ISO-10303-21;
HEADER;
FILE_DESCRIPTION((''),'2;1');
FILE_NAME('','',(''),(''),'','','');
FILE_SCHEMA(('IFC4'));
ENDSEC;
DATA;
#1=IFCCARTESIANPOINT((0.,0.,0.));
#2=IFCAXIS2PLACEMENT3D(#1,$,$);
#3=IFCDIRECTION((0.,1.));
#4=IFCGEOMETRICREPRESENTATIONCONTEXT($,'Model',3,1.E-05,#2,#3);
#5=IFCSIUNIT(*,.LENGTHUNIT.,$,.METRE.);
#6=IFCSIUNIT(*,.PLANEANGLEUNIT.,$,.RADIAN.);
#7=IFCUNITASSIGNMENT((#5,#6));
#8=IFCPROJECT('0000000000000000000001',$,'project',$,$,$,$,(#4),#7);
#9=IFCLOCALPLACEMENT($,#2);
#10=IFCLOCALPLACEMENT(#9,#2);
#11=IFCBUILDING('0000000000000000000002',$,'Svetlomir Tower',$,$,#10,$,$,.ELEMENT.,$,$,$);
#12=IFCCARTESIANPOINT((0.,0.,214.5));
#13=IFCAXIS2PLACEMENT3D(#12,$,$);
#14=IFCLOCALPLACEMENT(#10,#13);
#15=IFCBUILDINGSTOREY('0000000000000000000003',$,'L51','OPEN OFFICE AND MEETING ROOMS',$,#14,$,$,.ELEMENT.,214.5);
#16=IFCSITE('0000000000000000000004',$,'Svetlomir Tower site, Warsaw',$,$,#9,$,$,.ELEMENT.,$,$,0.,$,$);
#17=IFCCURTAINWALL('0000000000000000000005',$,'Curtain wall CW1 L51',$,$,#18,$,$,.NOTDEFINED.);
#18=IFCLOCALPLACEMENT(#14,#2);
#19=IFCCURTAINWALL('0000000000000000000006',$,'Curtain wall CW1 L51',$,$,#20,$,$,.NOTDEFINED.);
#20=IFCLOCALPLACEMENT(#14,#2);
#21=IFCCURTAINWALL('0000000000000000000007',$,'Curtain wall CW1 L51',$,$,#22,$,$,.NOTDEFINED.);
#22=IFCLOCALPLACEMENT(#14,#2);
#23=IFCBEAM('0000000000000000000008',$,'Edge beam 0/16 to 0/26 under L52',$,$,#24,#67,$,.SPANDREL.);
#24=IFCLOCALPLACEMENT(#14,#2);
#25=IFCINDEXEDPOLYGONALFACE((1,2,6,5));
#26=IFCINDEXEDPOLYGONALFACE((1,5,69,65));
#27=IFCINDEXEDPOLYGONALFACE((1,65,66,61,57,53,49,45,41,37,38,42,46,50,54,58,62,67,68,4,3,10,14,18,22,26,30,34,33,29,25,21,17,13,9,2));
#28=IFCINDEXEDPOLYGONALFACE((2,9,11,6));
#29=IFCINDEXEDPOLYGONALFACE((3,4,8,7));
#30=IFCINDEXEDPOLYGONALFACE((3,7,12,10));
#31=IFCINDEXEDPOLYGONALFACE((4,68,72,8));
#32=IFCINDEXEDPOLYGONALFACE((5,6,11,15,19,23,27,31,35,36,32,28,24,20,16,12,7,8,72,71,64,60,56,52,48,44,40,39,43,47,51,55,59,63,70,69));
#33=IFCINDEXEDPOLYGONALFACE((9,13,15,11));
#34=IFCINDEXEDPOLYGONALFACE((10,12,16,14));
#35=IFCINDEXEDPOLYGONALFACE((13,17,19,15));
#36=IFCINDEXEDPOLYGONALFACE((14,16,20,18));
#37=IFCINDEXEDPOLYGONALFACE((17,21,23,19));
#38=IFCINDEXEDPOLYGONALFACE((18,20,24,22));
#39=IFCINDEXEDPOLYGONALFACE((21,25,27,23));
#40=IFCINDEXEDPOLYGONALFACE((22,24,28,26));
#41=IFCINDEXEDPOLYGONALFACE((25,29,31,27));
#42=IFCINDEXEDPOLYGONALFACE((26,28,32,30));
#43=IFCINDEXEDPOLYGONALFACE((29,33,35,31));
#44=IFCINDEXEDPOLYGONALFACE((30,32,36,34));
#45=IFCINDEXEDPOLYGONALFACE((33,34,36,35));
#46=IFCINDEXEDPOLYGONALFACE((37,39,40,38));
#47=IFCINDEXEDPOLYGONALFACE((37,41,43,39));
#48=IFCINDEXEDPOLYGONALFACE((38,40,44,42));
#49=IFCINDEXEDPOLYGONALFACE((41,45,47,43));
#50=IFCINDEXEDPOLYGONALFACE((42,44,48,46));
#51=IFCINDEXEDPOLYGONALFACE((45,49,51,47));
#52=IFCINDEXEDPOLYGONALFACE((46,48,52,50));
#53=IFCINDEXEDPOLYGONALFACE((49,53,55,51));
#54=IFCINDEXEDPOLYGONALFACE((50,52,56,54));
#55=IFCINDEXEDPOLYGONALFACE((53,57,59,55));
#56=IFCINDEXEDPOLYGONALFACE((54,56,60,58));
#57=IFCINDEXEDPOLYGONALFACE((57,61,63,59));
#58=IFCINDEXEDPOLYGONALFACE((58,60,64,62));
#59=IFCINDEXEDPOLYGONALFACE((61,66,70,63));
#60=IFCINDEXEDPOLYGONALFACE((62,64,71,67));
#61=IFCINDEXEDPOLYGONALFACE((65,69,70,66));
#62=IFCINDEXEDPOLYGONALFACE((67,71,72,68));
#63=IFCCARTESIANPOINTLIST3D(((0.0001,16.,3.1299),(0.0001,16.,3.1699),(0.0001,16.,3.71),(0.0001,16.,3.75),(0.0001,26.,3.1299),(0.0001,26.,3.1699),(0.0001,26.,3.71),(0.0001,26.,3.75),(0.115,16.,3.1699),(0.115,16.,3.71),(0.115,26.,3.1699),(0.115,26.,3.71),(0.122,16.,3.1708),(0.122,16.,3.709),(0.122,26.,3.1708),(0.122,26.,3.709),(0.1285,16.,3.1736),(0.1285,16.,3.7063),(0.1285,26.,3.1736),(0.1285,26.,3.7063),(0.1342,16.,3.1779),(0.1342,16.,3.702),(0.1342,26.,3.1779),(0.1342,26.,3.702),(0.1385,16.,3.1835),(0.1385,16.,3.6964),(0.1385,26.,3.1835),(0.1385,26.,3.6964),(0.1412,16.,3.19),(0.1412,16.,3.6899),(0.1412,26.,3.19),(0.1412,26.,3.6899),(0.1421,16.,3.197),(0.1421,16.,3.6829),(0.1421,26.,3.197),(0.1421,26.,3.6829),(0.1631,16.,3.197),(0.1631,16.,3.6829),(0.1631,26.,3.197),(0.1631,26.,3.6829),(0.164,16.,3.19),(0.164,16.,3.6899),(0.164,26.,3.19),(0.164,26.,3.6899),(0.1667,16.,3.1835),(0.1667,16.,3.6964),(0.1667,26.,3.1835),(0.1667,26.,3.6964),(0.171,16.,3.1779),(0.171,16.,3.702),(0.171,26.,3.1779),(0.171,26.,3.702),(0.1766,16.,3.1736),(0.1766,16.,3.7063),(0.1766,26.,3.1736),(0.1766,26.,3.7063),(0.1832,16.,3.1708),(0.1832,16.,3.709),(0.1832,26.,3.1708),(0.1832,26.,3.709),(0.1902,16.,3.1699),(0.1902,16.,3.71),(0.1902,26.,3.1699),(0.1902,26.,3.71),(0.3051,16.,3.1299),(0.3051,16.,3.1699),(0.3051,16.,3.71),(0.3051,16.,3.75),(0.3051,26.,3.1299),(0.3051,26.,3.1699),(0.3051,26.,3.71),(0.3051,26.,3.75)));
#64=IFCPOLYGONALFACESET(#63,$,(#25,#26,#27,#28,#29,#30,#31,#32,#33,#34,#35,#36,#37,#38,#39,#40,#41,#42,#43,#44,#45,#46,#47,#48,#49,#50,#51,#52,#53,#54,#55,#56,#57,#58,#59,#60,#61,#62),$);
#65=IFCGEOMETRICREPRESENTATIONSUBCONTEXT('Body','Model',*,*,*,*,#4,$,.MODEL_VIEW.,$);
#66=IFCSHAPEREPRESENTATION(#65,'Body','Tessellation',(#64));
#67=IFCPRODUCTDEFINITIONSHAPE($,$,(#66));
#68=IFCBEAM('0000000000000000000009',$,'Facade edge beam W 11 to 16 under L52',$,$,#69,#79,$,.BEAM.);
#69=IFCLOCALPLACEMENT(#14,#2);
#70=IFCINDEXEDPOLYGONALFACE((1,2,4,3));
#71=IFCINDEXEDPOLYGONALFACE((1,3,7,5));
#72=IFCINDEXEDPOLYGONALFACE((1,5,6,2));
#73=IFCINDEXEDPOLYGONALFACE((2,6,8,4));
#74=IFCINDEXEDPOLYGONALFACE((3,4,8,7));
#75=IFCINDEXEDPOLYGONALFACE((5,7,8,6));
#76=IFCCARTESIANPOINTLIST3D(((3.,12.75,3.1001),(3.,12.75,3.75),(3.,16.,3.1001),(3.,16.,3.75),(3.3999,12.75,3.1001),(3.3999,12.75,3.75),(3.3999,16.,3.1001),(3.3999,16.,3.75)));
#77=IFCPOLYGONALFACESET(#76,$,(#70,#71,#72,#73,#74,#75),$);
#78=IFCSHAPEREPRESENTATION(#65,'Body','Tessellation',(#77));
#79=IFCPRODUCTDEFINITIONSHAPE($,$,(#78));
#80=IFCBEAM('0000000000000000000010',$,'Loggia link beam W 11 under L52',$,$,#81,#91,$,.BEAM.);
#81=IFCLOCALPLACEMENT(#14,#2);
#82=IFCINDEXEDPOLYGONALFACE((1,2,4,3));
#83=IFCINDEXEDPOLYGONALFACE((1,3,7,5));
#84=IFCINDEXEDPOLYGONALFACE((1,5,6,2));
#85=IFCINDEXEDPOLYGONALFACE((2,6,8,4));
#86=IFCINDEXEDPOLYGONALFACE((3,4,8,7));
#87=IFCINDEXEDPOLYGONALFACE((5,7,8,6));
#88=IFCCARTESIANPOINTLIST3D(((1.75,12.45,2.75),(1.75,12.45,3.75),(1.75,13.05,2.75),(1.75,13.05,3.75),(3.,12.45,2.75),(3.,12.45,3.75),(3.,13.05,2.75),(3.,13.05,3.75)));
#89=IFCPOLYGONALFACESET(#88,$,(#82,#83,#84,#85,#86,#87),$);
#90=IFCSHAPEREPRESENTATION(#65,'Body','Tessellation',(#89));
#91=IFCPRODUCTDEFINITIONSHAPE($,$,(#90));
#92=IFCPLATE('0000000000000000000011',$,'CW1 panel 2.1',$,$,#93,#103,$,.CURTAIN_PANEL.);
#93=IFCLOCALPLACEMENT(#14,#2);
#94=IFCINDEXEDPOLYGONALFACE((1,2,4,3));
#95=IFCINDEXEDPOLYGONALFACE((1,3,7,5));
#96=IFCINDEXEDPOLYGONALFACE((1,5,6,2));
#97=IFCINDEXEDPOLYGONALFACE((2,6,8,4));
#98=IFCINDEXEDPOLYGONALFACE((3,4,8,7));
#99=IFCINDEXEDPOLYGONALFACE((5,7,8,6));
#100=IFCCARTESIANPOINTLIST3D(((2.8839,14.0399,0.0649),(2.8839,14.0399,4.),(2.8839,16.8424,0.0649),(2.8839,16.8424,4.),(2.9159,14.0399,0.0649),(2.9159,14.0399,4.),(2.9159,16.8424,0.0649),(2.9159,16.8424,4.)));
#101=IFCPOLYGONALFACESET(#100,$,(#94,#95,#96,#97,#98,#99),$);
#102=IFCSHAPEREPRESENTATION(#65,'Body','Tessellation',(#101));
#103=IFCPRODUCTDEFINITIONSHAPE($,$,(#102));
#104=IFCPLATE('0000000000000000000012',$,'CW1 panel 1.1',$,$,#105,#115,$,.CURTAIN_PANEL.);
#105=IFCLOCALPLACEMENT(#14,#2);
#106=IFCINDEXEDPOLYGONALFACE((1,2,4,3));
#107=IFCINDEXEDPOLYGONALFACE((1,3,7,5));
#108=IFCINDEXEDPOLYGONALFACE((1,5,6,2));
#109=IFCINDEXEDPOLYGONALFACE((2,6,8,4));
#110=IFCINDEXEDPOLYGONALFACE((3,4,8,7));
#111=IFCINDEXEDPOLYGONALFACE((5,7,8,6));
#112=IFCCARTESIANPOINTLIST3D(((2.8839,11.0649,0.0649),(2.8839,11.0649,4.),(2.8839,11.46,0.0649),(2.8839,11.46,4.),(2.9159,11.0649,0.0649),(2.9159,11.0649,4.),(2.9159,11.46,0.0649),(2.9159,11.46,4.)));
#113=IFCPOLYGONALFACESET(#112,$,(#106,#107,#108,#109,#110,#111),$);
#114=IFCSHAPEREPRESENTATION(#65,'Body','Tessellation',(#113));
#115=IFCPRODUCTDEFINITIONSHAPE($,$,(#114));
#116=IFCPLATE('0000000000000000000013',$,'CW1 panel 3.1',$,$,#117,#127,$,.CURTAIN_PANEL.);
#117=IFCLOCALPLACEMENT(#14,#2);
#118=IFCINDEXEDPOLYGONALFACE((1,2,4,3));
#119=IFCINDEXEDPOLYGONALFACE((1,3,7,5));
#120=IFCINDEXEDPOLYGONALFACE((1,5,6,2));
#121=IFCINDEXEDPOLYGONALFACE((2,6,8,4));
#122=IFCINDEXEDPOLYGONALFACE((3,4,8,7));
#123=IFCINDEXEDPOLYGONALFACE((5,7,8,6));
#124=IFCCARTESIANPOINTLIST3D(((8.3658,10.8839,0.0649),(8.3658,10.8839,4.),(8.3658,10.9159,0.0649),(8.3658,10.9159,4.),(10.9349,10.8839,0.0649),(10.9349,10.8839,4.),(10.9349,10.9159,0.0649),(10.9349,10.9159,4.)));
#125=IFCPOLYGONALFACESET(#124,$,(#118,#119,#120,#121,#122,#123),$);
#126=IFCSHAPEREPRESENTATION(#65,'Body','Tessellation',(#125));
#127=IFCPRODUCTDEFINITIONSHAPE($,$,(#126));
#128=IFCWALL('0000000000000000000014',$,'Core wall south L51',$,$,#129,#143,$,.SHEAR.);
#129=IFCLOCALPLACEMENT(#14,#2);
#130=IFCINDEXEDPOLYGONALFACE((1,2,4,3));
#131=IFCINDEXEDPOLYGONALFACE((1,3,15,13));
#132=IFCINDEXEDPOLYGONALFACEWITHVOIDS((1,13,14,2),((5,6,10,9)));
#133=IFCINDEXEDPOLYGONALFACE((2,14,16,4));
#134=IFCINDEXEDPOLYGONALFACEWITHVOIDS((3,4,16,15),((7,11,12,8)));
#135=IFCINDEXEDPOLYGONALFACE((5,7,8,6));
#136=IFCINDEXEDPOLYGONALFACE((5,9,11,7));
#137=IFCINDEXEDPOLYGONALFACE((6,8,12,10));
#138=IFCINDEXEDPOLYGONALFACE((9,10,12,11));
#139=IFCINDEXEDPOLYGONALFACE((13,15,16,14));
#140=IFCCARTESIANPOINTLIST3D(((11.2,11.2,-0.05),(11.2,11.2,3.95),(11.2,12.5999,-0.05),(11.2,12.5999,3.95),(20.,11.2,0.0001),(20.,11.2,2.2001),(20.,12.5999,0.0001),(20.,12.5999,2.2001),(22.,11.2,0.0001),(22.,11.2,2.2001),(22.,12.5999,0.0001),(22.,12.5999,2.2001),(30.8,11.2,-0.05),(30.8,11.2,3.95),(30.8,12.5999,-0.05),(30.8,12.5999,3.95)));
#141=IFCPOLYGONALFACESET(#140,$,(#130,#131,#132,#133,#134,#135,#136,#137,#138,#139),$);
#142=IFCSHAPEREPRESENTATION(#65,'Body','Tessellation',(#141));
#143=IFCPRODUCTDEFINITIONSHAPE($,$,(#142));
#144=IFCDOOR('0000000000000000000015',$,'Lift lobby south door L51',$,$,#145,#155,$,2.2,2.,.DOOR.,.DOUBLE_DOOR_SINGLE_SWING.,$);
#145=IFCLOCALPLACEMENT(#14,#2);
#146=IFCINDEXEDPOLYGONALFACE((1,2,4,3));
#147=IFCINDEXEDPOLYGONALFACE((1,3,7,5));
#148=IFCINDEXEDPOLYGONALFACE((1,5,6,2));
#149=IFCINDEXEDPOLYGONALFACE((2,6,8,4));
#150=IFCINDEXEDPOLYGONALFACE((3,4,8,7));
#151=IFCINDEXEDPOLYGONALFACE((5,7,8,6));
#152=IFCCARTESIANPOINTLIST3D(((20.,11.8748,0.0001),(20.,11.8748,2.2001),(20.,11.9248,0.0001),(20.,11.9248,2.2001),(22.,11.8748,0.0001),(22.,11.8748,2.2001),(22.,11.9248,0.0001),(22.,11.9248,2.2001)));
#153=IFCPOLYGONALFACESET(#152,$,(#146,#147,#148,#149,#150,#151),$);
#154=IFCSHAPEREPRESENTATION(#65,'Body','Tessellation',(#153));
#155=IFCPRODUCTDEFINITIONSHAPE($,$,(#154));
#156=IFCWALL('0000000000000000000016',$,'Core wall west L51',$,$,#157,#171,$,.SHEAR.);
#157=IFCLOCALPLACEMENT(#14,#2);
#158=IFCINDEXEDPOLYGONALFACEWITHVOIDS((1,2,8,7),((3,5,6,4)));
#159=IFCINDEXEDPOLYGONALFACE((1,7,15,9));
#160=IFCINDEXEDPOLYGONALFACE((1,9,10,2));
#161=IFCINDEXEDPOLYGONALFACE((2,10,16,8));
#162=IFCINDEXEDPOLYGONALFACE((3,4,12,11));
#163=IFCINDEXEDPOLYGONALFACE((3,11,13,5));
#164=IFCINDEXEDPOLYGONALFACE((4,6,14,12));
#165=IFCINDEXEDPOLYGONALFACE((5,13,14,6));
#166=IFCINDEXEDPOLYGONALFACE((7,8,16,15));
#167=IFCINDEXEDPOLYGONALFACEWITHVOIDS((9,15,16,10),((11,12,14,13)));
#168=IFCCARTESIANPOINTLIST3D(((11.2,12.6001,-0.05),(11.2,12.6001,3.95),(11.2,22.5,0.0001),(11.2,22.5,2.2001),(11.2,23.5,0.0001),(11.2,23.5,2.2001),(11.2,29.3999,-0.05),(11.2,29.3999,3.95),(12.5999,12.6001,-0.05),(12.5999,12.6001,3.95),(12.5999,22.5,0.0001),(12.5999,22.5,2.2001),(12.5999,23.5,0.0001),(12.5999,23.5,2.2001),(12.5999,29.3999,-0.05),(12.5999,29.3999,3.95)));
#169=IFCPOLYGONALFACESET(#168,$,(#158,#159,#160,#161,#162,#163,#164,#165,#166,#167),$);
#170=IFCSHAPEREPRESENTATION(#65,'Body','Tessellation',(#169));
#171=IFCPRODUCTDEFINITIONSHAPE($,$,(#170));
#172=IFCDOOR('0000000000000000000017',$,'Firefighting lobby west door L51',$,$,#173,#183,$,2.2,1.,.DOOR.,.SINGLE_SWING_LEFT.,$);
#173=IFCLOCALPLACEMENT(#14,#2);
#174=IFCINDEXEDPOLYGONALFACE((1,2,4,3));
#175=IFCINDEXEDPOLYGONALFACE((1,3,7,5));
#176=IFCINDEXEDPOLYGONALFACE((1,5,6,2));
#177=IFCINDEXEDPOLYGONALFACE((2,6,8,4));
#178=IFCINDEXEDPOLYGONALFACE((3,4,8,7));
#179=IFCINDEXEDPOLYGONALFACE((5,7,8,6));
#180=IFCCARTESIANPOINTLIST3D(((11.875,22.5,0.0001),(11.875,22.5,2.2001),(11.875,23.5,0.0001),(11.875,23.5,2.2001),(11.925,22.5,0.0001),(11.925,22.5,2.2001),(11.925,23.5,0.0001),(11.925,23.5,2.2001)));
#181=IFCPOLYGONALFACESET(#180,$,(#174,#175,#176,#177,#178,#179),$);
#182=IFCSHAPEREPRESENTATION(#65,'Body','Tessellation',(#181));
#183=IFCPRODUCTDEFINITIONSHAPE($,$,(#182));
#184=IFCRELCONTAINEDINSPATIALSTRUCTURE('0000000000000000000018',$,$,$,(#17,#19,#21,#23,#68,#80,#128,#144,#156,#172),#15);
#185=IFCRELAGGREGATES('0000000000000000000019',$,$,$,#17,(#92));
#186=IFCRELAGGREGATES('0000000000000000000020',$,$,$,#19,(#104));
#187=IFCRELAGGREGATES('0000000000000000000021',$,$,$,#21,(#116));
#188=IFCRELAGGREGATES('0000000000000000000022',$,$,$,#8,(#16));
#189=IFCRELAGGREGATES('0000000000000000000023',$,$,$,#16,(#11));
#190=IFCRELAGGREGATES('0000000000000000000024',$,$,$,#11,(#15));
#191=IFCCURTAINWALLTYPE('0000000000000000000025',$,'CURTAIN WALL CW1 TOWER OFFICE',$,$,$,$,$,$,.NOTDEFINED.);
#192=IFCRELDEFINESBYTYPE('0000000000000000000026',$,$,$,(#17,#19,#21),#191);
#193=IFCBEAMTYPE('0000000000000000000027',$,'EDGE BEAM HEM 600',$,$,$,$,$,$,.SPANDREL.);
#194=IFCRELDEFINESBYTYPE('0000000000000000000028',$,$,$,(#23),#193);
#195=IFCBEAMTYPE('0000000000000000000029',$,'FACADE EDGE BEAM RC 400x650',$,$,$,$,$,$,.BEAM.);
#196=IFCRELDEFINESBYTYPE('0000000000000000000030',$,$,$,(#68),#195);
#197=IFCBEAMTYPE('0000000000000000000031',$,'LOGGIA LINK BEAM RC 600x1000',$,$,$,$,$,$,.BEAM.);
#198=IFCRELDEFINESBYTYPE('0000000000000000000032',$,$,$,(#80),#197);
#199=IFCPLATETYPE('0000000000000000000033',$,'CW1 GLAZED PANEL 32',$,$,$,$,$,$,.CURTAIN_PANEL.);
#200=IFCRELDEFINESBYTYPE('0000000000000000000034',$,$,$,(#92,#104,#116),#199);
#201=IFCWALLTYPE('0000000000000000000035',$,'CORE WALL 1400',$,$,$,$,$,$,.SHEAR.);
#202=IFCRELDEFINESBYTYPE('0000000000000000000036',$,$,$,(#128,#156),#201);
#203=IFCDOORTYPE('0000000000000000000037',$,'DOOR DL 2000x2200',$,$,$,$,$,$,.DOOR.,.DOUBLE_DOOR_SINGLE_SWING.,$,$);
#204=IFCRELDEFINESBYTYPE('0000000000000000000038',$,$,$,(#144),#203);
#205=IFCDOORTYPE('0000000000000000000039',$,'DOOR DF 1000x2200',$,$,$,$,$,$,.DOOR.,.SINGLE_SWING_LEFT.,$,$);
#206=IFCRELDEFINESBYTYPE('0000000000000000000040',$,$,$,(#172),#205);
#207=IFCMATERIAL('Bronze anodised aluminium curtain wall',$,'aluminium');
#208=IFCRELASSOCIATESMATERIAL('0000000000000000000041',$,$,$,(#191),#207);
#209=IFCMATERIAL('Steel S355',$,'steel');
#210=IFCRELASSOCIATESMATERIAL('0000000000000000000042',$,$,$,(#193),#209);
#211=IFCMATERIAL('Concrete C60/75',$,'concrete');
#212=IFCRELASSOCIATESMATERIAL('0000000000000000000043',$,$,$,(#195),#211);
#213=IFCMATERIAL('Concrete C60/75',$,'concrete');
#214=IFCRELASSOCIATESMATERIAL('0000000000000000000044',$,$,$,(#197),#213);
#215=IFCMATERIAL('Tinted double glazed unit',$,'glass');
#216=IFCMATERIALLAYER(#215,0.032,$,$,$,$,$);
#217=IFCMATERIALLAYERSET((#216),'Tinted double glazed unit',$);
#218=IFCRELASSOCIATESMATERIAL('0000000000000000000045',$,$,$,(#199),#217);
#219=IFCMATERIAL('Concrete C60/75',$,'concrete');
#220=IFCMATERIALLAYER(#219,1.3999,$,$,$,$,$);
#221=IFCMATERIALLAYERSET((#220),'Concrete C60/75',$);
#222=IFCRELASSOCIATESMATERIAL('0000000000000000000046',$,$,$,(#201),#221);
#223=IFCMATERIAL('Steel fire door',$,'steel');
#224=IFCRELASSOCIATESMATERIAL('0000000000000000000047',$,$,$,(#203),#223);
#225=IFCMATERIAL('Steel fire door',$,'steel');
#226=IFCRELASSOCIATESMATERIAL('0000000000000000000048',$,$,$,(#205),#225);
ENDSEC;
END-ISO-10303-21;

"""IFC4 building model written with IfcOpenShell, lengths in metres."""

from ifc_helpers import new_model, si_unit, direction, frame, frame_2d, origin, origin_2d, place, context, subcontext, project, spatial, rectangle, i_section, extrude, material, layer, layer_set, material_profile, profile_set, type_object, element, fill, aggregate, save


model = new_model("IFC4")

# Units and contexts
model_context = context("Model", 3, precision=1e-05, world=origin(), true_north=direction((0.0, 1.0)))
body_context = subcontext(model_context, "Body", "Model", "MODEL_VIEW")
ifc_project = project(units=[si_unit("LENGTHUNIT", "METRE"), si_unit("PLANEANGLEUNIT", "RADIAN")], contexts=[model_context])

# Site, building, storey
site_placement = place(None, origin())
site = spatial("IfcSite", under=ifc_project, at=site_placement, Name="Svetlomir Tower site, Warsaw", CompositionType="ELEMENT", RefElevation=0.0)
building_placement = place(site_placement, origin())
building = spatial("IfcBuilding", under=site, at=building_placement, Name="Svetlomir Tower", CompositionType="ELEMENT")
storey_placement = place(building_placement, frame((0.0, 0.0, 214.5)))
storey = spatial("IfcBuildingStorey", under=building, at=storey_placement, Name="L51", Description="OPEN OFFICE AND MEETING ROOMS", CompositionType="ELEMENT", Elevation=214.5)

# Curtain wall
ifc_material_1 = material(Name="Bronze anodised aluminium curtain wall", Category="aluminium")
curtain_wall_type = type_object("IfcCurtainWallType", Name="CURTAIN WALL CW1 TOWER OFFICE", PredefinedType="NOTDEFINED", material=ifc_material_1)
curtain_wall_1_placement = place(storey_placement, origin())
curtain_wall_1 = element("IfcCurtainWall", 1, at=curtain_wall_1_placement, inside=storey, type_object=curtain_wall_type, Name="Curtain wall CW1 L51", PredefinedType="NOTDEFINED")

# Curtain wall
curtain_wall_2_placement = place(storey_placement, origin())
curtain_wall_2 = element("IfcCurtainWall", 2, at=curtain_wall_2_placement, inside=storey, type_object=curtain_wall_type, Name="Curtain wall CW1 L51", PredefinedType="NOTDEFINED")

# Curtain wall
curtain_wall_3_placement = place(storey_placement, origin())
curtain_wall_3 = element("IfcCurtainWall", 3, at=curtain_wall_3_placement, inside=storey, type_object=curtain_wall_type, Name="Curtain wall CW1 L51", PredefinedType="NOTDEFINED")

# Beams
ifc_material_2 = material(Name="Steel S355", Category="steel")
ifc_material_profile_1 = material_profile(ifc_material_2, i_section(OverallWidth=0.3049, OverallDepth=0.6201, WebThickness=0.021, FlangeThickness=0.04, FilletRadius=0.0271, at=origin_2d()), Name="HEM 600")
ifc_profile_set_1 = profile_set([ifc_material_profile_1], Name="Steel S355")
beam_type_1 = type_object("IfcBeamType", Name="EDGE BEAM HEM 600", PredefinedType="SPANDREL", material=ifc_profile_set_1)
beam_1_placement = place(storey_placement, frame((0.1526, 16.0, 3.4399), z_axis=(0.0, 1.0, 0.0), x_axis=(-1.0, 0.0, 0.0)))
element("IfcBeam", 4, at=beam_1_placement, inside=storey, type_object=beam_type_1, Name="Edge beam 0/16 to 0/26 under L52", PredefinedType="SPANDREL", context=body_context, shape_type="SweptSolid", body=[
    extrude(i_section(OverallWidth=0.3049, OverallDepth=0.6201, WebThickness=0.021, FlangeThickness=0.04, FilletRadius=0.0271, at=origin_2d()), origin(), (0.0, 0.0, 1.0), 10.0),
])
ifc_material_3 = material(Name="Concrete C60/75", Category="concrete")
ifc_material_profile_2 = material_profile(ifc_material_3, rectangle(XDim=0.3999, YDim=0.6499, at=origin_2d()), Name="RC 400x650")
ifc_profile_set_2 = profile_set([ifc_material_profile_2], Name="Concrete C60/75")
beam_type_2 = type_object("IfcBeamType", Name="FACADE EDGE BEAM RC 400x650", PredefinedType="BEAM", material=ifc_profile_set_2)
beam_2_placement = place(storey_placement, frame((3.2, 12.75, 3.425), z_axis=(0.0, 1.0, 0.0), x_axis=(-1.0, 0.0, 0.0)))
element("IfcBeam", 5, at=beam_2_placement, inside=storey, type_object=beam_type_2, Name="Facade edge beam W 11 to 16 under L52", PredefinedType="BEAM", context=body_context, shape_type="SweptSolid", body=[
    extrude(rectangle(XDim=0.3999, YDim=0.6499, at=origin_2d()), origin(), (0.0, 0.0, 1.0), 3.25),
])
ifc_material_4 = material(Name="Concrete C60/75", Category="concrete")
ifc_material_profile_3 = material_profile(ifc_material_4, rectangle(XDim=0.6001, YDim=1.0, at=origin_2d()), Name="RC 600x1000")
ifc_profile_set_3 = profile_set([ifc_material_profile_3], Name="Concrete C60/75")
beam_type_3 = type_object("IfcBeamType", Name="LOGGIA LINK BEAM RC 600x1000", PredefinedType="BEAM", material=ifc_profile_set_3)
beam_3_placement = place(storey_placement, frame((1.75, 12.75, 3.25), z_axis=(1.0, 0.0, 0.0), x_axis=(0.0, 1.0, 0.0)))
element("IfcBeam", 6, at=beam_3_placement, inside=storey, type_object=beam_type_3, Name="Loggia link beam W 11 under L52", PredefinedType="BEAM", context=body_context, shape_type="SweptSolid", body=[
    extrude(rectangle(XDim=0.6001, YDim=1.0, at=origin_2d()), origin(), (0.0, 0.0, 1.0), 1.25),
])

# Plates
ifc_material_5 = material(Name="Tinted double glazed unit", Category="glass")
ifc_layer_1 = layer(ifc_material_5, 0.032)
ifc_layer_set_1 = layer_set([ifc_layer_1], Name="Tinted double glazed unit")
plate_type = type_object("IfcPlateType", Name="CW1 GLAZED PANEL 32", PredefinedType="CURTAIN_PANEL", material=ifc_layer_set_1)
plate_1_placement = place(storey_placement, frame((2.8999, 15.4412, 0.0649), z_axis=(0.0, 0.0, 1.0), x_axis=(0.0, -1.0, 0.0)))
plate_1 = element("IfcPlate", 7, at=plate_1_placement, type_object=plate_type, Name="CW1 panel 2.1", PredefinedType="CURTAIN_PANEL", context=body_context, shape_type="SweptSolid", body=[
    extrude(rectangle(XDim=2.8025, YDim=0.032, at=origin_2d()), origin(), (0.0, 0.0, 1.0), 3.9351),
])
aggregate(curtain_wall_1, [plate_1])
plate_2_placement = place(storey_placement, frame((2.8999, 11.2625, 0.0649), z_axis=(0.0, 0.0, 1.0), x_axis=(0.0, -1.0, 0.0)))
plate_2 = element("IfcPlate", 8, at=plate_2_placement, type_object=plate_type, Name="CW1 panel 1.1", PredefinedType="CURTAIN_PANEL", context=body_context, shape_type="SweptSolid", body=[
    extrude(rectangle(XDim=0.395, YDim=0.032, at=origin_2d()), origin(), (0.0, 0.0, 1.0), 3.9351),
])
aggregate(curtain_wall_2, [plate_2])
plate_3_placement = place(storey_placement, frame((9.6504, 10.8999, 0.0649), z_axis=(0.0, 0.0, 1.0), x_axis=(1.0, 0.0, 0.0)))
plate_3 = element("IfcPlate", 9, at=plate_3_placement, type_object=plate_type, Name="CW1 panel 3.1", PredefinedType="CURTAIN_PANEL", context=body_context, shape_type="SweptSolid", body=[
    extrude(rectangle(XDim=2.5691, YDim=0.032, at=origin_2d()), origin(), (0.0, 0.0, 1.0), 3.9351),
])
aggregate(curtain_wall_3, [plate_3])

# Walls, openings, doors
ifc_material_6 = material(Name="Concrete C60/75", Category="concrete")
ifc_layer_2 = layer(ifc_material_6, 1.3999)
ifc_layer_set_2 = layer_set([ifc_layer_2], Name="Concrete C60/75")
wall_type_1 = type_object("IfcWallType", Name="CORE WALL 1400", PredefinedType="SHEAR", material=ifc_layer_set_2)
wall_1_placement = place(storey_placement, frame((11.2, 11.8999, -0.05), z_axis=(0.0, 0.0, 1.0), x_axis=(1.0, 0.0, 0.0)))
wall_1 = element("IfcWall", 10, at=wall_1_placement, inside=storey, type_object=wall_type_1, Name="Core wall south L51", PredefinedType="SHEAR", context=body_context, shape_type="SweptSolid", body=[
    extrude(rectangle(XDim=19.6001, YDim=1.3999, at=frame_2d((9.8, 0.0))), origin(), (0.0, 0.0, 1.0), 4.0),
])
opening_1_placement = place(wall_1_placement, frame((8.8, 0.0, 0.05)))
opening_1 = element("IfcOpeningElement", 11, at=opening_1_placement, cuts=wall_1, PredefinedType="OPENING", context=body_context, shape_type="SweptSolid", body=[
    extrude(rectangle(XDim=2.0, YDim=2.2, at=frame_2d((1.0, 1.1001))), frame((0.0, 0.71, 0.0), z_axis=(0.0, -1.0, 0.0), x_axis=(1.0, 0.0, 0.0)), (0.0, 0.0, 1.0), 1.4199),
])
ifc_material_7 = material(Name="Steel fire door", Category="steel")
door_type_1 = type_object("IfcDoorType", Name="DOOR DL 2000x2200", OperationType="DOUBLE_DOOR_SINGLE_SWING", PredefinedType="DOOR", material=ifc_material_7)
door_1_placement = place(opening_1_placement, origin())
door_1 = element("IfcDoor", 12, at=door_1_placement, inside=storey, type_object=door_type_1, Name="Lift lobby south door L51", OperationType="DOUBLE_DOOR_SINGLE_SWING", OverallHeight=2.2, OverallWidth=2.0, PredefinedType="DOOR", context=body_context, shape_type="SweptSolid", body=[
    extrude(rectangle(XDim=2.0, YDim=2.2, at=frame_2d((1.0, 1.1001))), frame((0.0, 0.0249, 0.0), z_axis=(0.0, -1.0, 0.0), x_axis=(1.0, 0.0, 0.0)), (0.0, 0.0, 1.0), 0.05),
])
fill(opening_1, door_1)
wall_2_placement = place(storey_placement, frame((11.8999, 12.6001, -0.05), z_axis=(0.0, 0.0, 1.0), x_axis=(0.0, 1.0, 0.0)))
wall_2 = element("IfcWall", 13, at=wall_2_placement, inside=storey, type_object=wall_type_1, Name="Core wall west L51", PredefinedType="SHEAR", context=body_context, shape_type="SweptSolid", body=[
    extrude(rectangle(XDim=16.7998, YDim=1.3999, at=frame_2d((8.3999, 0.0))), origin(), (0.0, 0.0, 1.0), 4.0),
])
opening_2_placement = place(wall_2_placement, frame((9.8999, 0.0, 0.05)))
opening_2 = element("IfcOpeningElement", 14, at=opening_2_placement, cuts=wall_2, PredefinedType="OPENING", context=body_context, shape_type="SweptSolid", body=[
    extrude(rectangle(XDim=1.0, YDim=2.2, at=frame_2d((0.5, 1.1001))), frame((0.0, 0.71, 0.0), z_axis=(0.0, -1.0, 0.0), x_axis=(1.0, 0.0, 0.0)), (0.0, 0.0, 1.0), 1.4199),
])
ifc_material_8 = material(Name="Steel fire door", Category="steel")
door_type_2 = type_object("IfcDoorType", Name="DOOR DF 1000x2200", OperationType="SINGLE_SWING_LEFT", PredefinedType="DOOR", material=ifc_material_8)
door_2_placement = place(opening_2_placement, origin())
door_2 = element("IfcDoor", 15, at=door_2_placement, inside=storey, type_object=door_type_2, Name="Firefighting lobby west door L51", OperationType="SINGLE_SWING_LEFT", OverallHeight=2.2, OverallWidth=1.0, PredefinedType="DOOR", context=body_context, shape_type="SweptSolid", body=[
    extrude(rectangle(XDim=1.0, YDim=2.2, at=frame_2d((0.5, 1.1001))), frame((0.0, 0.0249, 0.0), z_axis=(0.0, -1.0, 0.0), x_axis=(1.0, 0.0, 0.0)), (0.0, 0.0, 1.0), 0.05),
])
fill(opening_2, door_2)

save(model, "model.ifc")
